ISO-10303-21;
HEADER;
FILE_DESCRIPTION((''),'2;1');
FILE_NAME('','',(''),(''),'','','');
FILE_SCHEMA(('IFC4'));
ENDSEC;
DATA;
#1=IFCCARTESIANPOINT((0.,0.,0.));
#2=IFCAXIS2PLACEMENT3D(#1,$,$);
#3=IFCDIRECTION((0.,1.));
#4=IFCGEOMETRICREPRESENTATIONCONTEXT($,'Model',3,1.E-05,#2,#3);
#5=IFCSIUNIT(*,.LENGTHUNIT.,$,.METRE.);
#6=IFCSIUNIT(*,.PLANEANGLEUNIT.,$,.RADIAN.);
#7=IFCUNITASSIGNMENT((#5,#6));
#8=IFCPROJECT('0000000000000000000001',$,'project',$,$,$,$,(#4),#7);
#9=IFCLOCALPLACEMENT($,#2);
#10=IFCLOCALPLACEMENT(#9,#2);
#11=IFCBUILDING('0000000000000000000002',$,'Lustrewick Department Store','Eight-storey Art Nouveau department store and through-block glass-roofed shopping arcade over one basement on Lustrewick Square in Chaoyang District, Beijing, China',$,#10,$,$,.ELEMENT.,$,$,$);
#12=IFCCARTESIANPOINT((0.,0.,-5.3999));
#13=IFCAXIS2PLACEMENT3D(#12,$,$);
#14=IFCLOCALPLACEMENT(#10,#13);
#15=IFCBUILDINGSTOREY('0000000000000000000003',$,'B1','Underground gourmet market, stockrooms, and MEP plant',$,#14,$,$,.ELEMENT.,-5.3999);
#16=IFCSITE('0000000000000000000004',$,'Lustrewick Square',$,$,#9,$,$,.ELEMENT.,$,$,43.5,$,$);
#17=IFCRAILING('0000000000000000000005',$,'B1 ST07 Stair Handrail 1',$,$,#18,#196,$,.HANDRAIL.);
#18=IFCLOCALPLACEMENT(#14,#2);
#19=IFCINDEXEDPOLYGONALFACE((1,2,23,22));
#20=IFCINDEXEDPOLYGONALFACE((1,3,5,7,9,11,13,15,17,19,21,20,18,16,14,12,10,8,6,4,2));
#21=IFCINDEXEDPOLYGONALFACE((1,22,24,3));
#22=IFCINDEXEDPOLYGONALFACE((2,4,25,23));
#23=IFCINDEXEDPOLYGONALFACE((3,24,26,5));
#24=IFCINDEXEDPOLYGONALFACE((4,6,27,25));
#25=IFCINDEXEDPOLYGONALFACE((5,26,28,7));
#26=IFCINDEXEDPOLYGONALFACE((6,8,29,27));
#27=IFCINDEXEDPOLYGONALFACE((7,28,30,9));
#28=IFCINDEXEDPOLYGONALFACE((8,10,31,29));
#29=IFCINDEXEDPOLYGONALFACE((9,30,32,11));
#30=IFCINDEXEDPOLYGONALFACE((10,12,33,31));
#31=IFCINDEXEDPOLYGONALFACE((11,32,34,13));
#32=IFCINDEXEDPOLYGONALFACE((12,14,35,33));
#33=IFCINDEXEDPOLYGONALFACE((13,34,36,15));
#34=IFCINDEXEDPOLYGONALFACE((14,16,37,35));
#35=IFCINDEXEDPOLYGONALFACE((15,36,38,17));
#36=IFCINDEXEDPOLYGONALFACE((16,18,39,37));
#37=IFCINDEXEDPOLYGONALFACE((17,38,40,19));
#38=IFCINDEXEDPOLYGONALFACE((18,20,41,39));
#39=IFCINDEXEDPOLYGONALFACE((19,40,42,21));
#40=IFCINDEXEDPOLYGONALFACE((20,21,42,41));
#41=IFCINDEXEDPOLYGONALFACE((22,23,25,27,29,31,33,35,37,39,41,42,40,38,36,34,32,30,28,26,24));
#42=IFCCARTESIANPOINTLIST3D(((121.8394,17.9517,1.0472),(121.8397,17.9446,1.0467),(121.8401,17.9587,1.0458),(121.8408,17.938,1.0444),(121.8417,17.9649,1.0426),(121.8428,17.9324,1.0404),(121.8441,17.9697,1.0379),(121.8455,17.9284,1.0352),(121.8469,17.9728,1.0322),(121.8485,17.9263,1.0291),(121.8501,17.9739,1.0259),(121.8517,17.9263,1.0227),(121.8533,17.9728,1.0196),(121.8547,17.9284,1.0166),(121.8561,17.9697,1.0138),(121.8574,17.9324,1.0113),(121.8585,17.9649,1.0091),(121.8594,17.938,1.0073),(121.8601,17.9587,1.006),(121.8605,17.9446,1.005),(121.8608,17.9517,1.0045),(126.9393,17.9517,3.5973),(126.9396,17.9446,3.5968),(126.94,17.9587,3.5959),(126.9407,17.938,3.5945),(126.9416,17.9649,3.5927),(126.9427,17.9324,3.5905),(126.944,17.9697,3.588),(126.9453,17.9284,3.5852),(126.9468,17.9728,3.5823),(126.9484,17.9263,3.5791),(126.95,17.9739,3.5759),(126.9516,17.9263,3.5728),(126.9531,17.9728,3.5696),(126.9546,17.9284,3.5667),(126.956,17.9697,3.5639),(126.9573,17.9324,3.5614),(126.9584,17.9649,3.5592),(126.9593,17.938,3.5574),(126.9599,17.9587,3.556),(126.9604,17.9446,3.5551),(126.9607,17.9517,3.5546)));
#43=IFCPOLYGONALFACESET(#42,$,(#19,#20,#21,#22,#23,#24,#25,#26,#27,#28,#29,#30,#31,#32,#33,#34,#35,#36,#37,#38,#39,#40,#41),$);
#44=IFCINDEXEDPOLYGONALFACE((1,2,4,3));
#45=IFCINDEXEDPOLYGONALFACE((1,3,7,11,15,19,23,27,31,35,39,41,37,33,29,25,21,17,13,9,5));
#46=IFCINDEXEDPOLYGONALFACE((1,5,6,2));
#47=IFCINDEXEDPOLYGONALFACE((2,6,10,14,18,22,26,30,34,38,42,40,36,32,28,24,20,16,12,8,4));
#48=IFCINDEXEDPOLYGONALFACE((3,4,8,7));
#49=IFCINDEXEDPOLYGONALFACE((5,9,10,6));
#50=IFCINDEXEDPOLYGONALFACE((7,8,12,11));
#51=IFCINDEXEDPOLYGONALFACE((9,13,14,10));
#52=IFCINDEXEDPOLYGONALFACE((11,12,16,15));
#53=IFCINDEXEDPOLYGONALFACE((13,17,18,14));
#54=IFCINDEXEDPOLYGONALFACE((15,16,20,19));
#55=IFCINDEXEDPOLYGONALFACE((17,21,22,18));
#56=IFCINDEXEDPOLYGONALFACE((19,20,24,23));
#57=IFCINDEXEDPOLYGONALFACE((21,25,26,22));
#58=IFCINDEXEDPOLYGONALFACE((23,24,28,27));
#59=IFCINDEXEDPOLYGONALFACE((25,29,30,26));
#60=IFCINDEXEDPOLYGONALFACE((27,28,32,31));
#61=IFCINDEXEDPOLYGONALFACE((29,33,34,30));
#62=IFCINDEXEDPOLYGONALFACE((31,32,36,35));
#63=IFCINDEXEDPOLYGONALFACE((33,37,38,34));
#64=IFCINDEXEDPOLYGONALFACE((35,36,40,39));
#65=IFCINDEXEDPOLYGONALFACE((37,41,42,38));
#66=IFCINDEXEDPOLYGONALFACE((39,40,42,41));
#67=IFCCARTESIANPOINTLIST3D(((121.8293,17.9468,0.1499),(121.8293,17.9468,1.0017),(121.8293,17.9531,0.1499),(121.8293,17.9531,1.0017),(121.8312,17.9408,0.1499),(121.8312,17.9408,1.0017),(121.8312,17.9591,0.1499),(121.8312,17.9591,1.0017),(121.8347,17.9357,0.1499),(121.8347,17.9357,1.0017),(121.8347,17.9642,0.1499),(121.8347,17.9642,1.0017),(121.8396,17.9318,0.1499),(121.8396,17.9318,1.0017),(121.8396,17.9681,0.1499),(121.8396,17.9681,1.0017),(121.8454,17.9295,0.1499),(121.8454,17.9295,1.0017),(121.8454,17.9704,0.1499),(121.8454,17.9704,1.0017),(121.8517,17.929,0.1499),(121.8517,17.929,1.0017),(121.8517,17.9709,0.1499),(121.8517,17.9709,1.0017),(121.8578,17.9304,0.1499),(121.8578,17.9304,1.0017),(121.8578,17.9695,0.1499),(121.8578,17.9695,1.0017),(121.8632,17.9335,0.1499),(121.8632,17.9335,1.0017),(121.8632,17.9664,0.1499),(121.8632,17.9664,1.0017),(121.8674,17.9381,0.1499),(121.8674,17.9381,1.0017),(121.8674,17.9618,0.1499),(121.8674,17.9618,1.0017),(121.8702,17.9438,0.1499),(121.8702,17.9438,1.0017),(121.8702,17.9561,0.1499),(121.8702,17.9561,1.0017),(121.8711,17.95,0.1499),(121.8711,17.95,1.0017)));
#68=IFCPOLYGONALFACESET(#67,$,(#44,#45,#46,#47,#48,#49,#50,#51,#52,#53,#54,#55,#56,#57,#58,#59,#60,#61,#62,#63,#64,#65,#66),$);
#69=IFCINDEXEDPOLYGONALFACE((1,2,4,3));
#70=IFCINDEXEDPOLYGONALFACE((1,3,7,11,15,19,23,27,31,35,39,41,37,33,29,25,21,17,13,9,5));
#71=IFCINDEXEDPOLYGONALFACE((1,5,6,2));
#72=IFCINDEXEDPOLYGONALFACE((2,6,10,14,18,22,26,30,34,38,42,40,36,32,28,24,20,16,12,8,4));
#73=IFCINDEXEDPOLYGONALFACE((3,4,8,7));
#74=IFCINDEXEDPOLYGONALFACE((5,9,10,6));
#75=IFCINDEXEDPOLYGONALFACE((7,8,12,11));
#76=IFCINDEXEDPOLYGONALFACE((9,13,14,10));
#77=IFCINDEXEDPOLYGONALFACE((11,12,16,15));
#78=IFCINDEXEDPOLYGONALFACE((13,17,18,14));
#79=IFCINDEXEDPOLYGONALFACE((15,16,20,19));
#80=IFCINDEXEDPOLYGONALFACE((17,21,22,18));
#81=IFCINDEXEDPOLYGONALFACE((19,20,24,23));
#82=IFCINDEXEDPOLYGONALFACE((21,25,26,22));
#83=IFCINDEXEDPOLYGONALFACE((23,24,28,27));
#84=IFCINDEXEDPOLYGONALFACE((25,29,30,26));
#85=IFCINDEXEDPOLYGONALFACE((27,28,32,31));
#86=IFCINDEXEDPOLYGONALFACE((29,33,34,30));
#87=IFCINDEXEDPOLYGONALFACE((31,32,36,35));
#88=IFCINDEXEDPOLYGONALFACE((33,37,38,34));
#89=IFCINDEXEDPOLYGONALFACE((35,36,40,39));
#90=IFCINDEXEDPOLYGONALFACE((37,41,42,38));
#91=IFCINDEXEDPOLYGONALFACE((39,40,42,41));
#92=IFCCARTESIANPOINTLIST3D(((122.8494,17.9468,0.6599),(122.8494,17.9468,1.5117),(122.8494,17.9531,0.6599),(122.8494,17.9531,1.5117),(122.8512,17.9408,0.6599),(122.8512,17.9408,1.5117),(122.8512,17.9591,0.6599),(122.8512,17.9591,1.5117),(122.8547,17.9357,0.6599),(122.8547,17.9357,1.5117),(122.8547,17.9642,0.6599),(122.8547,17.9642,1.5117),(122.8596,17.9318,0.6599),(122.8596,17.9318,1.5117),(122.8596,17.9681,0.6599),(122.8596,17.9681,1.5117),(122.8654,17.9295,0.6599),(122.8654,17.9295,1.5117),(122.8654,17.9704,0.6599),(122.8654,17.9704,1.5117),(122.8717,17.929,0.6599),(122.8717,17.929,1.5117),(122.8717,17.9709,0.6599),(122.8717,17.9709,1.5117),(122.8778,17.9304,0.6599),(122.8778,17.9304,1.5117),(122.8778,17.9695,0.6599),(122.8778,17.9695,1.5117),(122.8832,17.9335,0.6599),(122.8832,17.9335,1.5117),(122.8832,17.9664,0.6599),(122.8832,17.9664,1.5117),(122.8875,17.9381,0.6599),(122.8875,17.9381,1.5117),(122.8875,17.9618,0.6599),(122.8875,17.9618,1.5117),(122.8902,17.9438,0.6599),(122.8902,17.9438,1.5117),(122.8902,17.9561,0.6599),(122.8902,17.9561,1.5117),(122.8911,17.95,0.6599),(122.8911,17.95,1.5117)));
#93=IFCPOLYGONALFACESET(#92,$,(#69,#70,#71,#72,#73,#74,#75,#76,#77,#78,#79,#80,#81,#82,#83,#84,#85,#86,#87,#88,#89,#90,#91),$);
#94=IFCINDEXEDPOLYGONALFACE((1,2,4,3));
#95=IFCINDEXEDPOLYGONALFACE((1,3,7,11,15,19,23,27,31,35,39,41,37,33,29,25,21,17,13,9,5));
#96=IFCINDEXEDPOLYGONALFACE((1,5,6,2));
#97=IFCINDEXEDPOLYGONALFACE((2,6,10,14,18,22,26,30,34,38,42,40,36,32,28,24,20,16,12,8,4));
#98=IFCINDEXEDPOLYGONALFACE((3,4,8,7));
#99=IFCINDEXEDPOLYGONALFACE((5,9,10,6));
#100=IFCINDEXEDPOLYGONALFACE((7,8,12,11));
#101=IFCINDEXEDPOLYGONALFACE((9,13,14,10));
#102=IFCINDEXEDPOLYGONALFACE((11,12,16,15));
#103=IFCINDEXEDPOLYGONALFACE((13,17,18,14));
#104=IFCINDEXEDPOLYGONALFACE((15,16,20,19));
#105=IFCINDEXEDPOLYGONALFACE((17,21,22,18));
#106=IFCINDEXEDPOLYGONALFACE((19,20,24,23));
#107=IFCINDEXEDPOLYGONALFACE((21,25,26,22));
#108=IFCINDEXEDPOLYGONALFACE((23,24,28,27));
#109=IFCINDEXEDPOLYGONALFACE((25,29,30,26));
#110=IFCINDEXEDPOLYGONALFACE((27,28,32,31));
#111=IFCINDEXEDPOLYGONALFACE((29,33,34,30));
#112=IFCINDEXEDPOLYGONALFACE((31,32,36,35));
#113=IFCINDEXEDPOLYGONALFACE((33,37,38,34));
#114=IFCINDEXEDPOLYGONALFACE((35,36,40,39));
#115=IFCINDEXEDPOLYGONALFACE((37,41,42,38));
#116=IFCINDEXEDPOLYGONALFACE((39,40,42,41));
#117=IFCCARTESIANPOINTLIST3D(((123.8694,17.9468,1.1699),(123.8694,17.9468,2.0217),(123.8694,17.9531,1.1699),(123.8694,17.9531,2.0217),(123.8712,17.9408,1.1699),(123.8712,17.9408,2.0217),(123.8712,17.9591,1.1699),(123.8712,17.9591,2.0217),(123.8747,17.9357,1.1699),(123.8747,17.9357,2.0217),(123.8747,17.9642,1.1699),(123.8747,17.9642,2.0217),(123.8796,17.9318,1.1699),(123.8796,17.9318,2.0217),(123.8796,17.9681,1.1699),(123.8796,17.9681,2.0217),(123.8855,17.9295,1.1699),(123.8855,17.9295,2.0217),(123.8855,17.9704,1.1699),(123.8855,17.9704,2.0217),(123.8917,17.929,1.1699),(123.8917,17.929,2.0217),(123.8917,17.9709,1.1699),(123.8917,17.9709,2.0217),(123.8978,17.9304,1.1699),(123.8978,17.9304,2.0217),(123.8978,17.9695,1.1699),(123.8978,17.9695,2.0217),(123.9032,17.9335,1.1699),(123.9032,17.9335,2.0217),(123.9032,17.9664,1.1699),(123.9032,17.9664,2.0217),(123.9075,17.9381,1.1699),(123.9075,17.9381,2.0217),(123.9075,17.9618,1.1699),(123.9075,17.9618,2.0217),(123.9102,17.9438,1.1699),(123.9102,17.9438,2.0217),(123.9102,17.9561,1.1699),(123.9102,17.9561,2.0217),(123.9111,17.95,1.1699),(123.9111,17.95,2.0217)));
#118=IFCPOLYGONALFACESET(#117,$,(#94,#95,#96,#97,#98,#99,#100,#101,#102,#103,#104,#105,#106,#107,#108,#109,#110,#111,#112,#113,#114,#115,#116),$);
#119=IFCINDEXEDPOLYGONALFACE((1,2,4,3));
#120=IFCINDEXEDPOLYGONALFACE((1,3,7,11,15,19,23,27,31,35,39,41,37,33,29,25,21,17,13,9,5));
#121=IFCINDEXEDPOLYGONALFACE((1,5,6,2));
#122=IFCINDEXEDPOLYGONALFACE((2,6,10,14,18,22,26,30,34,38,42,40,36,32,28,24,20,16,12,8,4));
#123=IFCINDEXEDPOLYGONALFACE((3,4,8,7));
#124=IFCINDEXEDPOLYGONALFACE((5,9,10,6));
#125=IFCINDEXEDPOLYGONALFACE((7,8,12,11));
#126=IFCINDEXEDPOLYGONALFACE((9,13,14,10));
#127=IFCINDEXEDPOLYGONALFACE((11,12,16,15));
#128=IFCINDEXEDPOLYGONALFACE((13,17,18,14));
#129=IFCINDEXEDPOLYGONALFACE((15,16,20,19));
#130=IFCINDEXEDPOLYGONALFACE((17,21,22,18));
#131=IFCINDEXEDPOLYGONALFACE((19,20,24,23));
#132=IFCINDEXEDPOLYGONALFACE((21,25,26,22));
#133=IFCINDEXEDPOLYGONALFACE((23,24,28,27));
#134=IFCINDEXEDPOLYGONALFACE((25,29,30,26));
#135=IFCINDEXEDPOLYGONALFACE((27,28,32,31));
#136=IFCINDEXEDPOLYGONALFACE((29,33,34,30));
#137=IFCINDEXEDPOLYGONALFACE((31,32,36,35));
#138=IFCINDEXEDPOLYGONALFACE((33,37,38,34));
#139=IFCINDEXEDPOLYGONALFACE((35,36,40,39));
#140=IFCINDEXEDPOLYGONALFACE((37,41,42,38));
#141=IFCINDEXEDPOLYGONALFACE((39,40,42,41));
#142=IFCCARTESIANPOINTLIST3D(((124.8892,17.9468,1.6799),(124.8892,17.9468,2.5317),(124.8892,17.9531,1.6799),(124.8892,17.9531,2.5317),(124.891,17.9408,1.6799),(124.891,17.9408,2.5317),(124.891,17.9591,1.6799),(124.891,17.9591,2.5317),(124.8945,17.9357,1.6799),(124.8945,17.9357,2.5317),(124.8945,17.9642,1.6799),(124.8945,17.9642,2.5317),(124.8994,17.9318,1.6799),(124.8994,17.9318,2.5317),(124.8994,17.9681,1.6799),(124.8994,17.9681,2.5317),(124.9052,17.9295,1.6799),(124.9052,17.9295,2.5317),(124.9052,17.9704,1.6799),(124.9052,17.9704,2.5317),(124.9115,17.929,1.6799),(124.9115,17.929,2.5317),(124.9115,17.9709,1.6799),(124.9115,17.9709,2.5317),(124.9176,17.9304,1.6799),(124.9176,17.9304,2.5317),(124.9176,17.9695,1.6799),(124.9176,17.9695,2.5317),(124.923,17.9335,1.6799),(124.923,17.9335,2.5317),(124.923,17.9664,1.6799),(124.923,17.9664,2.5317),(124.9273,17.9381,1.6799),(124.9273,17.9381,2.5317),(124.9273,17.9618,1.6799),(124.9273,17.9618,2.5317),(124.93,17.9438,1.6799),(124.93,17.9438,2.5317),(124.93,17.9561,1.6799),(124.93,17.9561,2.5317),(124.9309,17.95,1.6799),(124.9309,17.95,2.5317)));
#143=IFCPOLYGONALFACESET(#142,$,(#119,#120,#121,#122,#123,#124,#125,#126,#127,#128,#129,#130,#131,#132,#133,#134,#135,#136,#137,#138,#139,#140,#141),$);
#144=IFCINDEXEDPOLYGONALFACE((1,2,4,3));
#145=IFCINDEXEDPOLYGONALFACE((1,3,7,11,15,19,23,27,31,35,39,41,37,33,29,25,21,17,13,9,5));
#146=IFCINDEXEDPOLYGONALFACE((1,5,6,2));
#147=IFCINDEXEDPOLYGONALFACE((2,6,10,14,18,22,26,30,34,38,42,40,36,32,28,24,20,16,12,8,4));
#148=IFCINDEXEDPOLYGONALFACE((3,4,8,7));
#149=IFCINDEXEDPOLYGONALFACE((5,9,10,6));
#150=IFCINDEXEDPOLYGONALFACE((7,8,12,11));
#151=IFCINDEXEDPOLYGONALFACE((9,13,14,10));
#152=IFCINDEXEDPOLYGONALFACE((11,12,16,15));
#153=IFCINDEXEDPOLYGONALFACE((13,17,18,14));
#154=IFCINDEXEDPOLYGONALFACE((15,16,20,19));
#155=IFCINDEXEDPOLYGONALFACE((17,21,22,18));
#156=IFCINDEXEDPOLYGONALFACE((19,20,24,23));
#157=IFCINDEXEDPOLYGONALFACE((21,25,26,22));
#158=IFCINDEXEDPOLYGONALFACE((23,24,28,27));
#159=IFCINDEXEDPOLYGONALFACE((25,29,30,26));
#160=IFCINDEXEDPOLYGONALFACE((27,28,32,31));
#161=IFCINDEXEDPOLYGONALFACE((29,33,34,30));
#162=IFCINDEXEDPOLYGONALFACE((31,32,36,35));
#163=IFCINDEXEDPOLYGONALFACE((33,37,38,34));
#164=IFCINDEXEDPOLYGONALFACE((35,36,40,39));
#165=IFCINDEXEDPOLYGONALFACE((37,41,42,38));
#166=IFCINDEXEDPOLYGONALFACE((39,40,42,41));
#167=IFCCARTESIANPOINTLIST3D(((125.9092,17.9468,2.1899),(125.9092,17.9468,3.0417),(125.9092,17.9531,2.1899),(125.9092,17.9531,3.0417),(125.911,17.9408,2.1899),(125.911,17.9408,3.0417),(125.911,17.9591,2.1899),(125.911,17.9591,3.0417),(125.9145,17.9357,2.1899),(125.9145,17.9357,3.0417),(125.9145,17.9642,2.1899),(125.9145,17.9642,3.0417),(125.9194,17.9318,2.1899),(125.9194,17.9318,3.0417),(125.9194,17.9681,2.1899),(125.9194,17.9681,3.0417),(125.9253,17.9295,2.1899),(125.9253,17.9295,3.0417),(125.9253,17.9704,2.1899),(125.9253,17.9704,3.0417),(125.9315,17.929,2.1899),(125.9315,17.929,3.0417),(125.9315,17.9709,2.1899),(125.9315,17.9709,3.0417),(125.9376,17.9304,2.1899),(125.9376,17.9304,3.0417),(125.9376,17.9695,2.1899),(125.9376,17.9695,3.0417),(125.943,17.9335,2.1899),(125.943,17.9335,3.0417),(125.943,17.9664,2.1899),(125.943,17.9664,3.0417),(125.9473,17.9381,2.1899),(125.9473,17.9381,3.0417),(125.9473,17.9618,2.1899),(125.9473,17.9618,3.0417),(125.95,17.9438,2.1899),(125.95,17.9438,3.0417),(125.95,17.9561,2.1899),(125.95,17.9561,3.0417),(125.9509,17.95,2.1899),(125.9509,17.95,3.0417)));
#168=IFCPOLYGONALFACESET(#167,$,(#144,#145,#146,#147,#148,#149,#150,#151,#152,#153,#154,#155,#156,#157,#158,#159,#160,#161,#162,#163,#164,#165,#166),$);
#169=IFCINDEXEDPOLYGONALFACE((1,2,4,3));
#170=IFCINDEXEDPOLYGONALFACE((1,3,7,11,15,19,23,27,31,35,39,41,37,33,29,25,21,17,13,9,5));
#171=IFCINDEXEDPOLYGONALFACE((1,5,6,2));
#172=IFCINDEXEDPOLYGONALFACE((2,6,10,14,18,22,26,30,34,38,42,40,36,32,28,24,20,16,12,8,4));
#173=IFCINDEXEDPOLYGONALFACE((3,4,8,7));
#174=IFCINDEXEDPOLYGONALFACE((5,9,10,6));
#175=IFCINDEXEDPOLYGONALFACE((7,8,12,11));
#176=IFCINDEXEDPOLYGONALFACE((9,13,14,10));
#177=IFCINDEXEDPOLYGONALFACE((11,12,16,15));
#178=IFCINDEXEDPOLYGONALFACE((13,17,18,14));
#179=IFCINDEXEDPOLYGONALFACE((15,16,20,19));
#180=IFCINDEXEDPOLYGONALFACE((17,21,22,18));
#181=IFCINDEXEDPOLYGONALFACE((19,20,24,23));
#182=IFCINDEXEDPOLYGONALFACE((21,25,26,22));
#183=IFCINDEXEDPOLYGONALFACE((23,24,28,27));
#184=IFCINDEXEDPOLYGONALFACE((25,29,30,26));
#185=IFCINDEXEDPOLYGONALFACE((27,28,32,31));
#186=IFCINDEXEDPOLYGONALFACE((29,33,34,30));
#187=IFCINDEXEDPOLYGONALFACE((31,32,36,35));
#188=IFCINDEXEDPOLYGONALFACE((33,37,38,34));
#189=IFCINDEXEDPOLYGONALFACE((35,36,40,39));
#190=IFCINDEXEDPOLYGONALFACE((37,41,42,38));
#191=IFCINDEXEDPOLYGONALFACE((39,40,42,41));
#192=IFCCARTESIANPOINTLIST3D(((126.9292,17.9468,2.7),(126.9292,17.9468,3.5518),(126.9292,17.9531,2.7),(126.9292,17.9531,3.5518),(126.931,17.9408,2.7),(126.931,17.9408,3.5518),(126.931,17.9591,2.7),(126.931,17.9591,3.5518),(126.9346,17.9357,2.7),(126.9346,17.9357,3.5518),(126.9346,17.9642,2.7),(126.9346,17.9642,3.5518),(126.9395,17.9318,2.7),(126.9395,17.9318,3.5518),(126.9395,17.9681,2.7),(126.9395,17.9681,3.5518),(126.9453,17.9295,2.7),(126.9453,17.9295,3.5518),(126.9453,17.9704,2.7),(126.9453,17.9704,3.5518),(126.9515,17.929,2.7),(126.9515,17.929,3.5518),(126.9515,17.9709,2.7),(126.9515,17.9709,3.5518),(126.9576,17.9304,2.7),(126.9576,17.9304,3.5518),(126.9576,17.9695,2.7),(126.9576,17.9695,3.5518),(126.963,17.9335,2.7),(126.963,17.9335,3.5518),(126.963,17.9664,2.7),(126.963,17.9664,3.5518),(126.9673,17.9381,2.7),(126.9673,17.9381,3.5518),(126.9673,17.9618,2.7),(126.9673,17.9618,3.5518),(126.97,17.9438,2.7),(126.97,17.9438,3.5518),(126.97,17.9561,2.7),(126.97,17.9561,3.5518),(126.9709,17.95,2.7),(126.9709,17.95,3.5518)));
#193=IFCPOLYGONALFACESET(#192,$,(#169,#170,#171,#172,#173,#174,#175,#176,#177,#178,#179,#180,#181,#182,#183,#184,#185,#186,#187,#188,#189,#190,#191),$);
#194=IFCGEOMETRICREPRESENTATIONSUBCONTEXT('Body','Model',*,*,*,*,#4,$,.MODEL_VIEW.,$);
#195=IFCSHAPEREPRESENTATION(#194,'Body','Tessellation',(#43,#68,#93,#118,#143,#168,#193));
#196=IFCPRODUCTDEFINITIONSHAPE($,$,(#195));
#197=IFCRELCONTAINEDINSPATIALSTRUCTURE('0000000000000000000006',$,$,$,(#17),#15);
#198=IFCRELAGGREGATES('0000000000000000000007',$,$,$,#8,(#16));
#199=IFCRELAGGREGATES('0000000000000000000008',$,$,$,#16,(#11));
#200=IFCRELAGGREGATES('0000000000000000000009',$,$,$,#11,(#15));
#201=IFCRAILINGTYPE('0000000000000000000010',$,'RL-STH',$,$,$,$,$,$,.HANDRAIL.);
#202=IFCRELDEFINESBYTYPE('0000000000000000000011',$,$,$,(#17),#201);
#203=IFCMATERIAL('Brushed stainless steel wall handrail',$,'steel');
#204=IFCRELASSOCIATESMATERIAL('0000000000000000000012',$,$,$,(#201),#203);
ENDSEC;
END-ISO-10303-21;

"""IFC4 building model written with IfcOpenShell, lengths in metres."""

from ifc_helpers import new_model, si_unit, direction, frame, origin, origin_2d, place, context, subcontext, project, spatial, circle, extrude, material, type_object, element, save


model = new_model("IFC4")

# Units and contexts
model_context = context("Model", 3, precision=1e-05, world=origin(), true_north=direction((0.0, 1.0)))
body_context = subcontext(model_context, "Body", "Model", "MODEL_VIEW")
ifc_project = project(units=[si_unit("LENGTHUNIT", "METRE"), si_unit("PLANEANGLEUNIT", "RADIAN")], contexts=[model_context])

# Site, building, storey
site_placement = place(None, origin())
site = spatial("IfcSite", under=ifc_project, at=site_placement, Name="Lustrewick Square", CompositionType="ELEMENT", RefElevation=43.5)
building_placement = place(site_placement, origin())
building = spatial("IfcBuilding", under=site, at=building_placement, Name="Lustrewick Department Store", Description="Eight-storey Art Nouveau department store and through-block glass-roofed shopping arcade over one basement on Lustrewick Square in Chaoyang District, Beijing, China", CompositionType="ELEMENT")
storey_placement = place(building_placement, frame((0.0, 0.0, -5.3999)))
storey = spatial("IfcBuildingStorey", under=building, at=storey_placement, Name="B1", Description="Underground gourmet market, stockrooms, and MEP plant", CompositionType="ELEMENT", Elevation=-5.3999)

# Railing
ifc_material_1 = material(Name="Brushed stainless steel wall handrail", Category="steel")
railing_type_1 = type_object("IfcRailingType", Name="RL-STH", PredefinedType="HANDRAIL", material=ifc_material_1)
railing_1_placement = place(storey_placement, frame((121.8501, 17.95, 0.1499)))
element("IfcRailing", 1, at=railing_1_placement, inside=storey, type_object=railing_type_1, Name="B1 ST07 Stair Handrail 1", PredefinedType="HANDRAIL", context=body_context, shape_type="SweptSolid", body=[
    extrude(circle(Radius=0.0239, at=origin_2d()), frame((0.0, 0.0, 0.876), z_axis=(0.894419, 0.0, 0.447231), x_axis=(0.0, 1.0, 0.0)), (0.0, 0.0, 1.0), 5.7019),
    extrude(circle(Radius=0.021, at=origin_2d()), origin(), (0.0, 0.0, 1.0), 0.8518),
    extrude(circle(Radius=0.021, at=origin_2d()), frame((1.02, 0.0, 0.51)), (0.0, 0.0, 1.0), 0.8518),
    extrude(circle(Radius=0.021, at=origin_2d()), frame((2.04, 0.0, 1.02)), (0.0, 0.0, 1.0), 0.8518),
    extrude(circle(Radius=0.021, at=origin_2d()), frame((3.0598, 0.0, 1.53)), (0.0, 0.0, 1.0), 0.8518),
    extrude(circle(Radius=0.021, at=origin_2d()), frame((4.0798, 0.0, 2.04)), (0.0, 0.0, 1.0), 0.8518),
    extrude(circle(Radius=0.021, at=origin_2d()), frame((5.0999, 0.0, 2.55)), (0.0, 0.0, 1.0), 0.8518),
])

save(model, "model.ifc")
